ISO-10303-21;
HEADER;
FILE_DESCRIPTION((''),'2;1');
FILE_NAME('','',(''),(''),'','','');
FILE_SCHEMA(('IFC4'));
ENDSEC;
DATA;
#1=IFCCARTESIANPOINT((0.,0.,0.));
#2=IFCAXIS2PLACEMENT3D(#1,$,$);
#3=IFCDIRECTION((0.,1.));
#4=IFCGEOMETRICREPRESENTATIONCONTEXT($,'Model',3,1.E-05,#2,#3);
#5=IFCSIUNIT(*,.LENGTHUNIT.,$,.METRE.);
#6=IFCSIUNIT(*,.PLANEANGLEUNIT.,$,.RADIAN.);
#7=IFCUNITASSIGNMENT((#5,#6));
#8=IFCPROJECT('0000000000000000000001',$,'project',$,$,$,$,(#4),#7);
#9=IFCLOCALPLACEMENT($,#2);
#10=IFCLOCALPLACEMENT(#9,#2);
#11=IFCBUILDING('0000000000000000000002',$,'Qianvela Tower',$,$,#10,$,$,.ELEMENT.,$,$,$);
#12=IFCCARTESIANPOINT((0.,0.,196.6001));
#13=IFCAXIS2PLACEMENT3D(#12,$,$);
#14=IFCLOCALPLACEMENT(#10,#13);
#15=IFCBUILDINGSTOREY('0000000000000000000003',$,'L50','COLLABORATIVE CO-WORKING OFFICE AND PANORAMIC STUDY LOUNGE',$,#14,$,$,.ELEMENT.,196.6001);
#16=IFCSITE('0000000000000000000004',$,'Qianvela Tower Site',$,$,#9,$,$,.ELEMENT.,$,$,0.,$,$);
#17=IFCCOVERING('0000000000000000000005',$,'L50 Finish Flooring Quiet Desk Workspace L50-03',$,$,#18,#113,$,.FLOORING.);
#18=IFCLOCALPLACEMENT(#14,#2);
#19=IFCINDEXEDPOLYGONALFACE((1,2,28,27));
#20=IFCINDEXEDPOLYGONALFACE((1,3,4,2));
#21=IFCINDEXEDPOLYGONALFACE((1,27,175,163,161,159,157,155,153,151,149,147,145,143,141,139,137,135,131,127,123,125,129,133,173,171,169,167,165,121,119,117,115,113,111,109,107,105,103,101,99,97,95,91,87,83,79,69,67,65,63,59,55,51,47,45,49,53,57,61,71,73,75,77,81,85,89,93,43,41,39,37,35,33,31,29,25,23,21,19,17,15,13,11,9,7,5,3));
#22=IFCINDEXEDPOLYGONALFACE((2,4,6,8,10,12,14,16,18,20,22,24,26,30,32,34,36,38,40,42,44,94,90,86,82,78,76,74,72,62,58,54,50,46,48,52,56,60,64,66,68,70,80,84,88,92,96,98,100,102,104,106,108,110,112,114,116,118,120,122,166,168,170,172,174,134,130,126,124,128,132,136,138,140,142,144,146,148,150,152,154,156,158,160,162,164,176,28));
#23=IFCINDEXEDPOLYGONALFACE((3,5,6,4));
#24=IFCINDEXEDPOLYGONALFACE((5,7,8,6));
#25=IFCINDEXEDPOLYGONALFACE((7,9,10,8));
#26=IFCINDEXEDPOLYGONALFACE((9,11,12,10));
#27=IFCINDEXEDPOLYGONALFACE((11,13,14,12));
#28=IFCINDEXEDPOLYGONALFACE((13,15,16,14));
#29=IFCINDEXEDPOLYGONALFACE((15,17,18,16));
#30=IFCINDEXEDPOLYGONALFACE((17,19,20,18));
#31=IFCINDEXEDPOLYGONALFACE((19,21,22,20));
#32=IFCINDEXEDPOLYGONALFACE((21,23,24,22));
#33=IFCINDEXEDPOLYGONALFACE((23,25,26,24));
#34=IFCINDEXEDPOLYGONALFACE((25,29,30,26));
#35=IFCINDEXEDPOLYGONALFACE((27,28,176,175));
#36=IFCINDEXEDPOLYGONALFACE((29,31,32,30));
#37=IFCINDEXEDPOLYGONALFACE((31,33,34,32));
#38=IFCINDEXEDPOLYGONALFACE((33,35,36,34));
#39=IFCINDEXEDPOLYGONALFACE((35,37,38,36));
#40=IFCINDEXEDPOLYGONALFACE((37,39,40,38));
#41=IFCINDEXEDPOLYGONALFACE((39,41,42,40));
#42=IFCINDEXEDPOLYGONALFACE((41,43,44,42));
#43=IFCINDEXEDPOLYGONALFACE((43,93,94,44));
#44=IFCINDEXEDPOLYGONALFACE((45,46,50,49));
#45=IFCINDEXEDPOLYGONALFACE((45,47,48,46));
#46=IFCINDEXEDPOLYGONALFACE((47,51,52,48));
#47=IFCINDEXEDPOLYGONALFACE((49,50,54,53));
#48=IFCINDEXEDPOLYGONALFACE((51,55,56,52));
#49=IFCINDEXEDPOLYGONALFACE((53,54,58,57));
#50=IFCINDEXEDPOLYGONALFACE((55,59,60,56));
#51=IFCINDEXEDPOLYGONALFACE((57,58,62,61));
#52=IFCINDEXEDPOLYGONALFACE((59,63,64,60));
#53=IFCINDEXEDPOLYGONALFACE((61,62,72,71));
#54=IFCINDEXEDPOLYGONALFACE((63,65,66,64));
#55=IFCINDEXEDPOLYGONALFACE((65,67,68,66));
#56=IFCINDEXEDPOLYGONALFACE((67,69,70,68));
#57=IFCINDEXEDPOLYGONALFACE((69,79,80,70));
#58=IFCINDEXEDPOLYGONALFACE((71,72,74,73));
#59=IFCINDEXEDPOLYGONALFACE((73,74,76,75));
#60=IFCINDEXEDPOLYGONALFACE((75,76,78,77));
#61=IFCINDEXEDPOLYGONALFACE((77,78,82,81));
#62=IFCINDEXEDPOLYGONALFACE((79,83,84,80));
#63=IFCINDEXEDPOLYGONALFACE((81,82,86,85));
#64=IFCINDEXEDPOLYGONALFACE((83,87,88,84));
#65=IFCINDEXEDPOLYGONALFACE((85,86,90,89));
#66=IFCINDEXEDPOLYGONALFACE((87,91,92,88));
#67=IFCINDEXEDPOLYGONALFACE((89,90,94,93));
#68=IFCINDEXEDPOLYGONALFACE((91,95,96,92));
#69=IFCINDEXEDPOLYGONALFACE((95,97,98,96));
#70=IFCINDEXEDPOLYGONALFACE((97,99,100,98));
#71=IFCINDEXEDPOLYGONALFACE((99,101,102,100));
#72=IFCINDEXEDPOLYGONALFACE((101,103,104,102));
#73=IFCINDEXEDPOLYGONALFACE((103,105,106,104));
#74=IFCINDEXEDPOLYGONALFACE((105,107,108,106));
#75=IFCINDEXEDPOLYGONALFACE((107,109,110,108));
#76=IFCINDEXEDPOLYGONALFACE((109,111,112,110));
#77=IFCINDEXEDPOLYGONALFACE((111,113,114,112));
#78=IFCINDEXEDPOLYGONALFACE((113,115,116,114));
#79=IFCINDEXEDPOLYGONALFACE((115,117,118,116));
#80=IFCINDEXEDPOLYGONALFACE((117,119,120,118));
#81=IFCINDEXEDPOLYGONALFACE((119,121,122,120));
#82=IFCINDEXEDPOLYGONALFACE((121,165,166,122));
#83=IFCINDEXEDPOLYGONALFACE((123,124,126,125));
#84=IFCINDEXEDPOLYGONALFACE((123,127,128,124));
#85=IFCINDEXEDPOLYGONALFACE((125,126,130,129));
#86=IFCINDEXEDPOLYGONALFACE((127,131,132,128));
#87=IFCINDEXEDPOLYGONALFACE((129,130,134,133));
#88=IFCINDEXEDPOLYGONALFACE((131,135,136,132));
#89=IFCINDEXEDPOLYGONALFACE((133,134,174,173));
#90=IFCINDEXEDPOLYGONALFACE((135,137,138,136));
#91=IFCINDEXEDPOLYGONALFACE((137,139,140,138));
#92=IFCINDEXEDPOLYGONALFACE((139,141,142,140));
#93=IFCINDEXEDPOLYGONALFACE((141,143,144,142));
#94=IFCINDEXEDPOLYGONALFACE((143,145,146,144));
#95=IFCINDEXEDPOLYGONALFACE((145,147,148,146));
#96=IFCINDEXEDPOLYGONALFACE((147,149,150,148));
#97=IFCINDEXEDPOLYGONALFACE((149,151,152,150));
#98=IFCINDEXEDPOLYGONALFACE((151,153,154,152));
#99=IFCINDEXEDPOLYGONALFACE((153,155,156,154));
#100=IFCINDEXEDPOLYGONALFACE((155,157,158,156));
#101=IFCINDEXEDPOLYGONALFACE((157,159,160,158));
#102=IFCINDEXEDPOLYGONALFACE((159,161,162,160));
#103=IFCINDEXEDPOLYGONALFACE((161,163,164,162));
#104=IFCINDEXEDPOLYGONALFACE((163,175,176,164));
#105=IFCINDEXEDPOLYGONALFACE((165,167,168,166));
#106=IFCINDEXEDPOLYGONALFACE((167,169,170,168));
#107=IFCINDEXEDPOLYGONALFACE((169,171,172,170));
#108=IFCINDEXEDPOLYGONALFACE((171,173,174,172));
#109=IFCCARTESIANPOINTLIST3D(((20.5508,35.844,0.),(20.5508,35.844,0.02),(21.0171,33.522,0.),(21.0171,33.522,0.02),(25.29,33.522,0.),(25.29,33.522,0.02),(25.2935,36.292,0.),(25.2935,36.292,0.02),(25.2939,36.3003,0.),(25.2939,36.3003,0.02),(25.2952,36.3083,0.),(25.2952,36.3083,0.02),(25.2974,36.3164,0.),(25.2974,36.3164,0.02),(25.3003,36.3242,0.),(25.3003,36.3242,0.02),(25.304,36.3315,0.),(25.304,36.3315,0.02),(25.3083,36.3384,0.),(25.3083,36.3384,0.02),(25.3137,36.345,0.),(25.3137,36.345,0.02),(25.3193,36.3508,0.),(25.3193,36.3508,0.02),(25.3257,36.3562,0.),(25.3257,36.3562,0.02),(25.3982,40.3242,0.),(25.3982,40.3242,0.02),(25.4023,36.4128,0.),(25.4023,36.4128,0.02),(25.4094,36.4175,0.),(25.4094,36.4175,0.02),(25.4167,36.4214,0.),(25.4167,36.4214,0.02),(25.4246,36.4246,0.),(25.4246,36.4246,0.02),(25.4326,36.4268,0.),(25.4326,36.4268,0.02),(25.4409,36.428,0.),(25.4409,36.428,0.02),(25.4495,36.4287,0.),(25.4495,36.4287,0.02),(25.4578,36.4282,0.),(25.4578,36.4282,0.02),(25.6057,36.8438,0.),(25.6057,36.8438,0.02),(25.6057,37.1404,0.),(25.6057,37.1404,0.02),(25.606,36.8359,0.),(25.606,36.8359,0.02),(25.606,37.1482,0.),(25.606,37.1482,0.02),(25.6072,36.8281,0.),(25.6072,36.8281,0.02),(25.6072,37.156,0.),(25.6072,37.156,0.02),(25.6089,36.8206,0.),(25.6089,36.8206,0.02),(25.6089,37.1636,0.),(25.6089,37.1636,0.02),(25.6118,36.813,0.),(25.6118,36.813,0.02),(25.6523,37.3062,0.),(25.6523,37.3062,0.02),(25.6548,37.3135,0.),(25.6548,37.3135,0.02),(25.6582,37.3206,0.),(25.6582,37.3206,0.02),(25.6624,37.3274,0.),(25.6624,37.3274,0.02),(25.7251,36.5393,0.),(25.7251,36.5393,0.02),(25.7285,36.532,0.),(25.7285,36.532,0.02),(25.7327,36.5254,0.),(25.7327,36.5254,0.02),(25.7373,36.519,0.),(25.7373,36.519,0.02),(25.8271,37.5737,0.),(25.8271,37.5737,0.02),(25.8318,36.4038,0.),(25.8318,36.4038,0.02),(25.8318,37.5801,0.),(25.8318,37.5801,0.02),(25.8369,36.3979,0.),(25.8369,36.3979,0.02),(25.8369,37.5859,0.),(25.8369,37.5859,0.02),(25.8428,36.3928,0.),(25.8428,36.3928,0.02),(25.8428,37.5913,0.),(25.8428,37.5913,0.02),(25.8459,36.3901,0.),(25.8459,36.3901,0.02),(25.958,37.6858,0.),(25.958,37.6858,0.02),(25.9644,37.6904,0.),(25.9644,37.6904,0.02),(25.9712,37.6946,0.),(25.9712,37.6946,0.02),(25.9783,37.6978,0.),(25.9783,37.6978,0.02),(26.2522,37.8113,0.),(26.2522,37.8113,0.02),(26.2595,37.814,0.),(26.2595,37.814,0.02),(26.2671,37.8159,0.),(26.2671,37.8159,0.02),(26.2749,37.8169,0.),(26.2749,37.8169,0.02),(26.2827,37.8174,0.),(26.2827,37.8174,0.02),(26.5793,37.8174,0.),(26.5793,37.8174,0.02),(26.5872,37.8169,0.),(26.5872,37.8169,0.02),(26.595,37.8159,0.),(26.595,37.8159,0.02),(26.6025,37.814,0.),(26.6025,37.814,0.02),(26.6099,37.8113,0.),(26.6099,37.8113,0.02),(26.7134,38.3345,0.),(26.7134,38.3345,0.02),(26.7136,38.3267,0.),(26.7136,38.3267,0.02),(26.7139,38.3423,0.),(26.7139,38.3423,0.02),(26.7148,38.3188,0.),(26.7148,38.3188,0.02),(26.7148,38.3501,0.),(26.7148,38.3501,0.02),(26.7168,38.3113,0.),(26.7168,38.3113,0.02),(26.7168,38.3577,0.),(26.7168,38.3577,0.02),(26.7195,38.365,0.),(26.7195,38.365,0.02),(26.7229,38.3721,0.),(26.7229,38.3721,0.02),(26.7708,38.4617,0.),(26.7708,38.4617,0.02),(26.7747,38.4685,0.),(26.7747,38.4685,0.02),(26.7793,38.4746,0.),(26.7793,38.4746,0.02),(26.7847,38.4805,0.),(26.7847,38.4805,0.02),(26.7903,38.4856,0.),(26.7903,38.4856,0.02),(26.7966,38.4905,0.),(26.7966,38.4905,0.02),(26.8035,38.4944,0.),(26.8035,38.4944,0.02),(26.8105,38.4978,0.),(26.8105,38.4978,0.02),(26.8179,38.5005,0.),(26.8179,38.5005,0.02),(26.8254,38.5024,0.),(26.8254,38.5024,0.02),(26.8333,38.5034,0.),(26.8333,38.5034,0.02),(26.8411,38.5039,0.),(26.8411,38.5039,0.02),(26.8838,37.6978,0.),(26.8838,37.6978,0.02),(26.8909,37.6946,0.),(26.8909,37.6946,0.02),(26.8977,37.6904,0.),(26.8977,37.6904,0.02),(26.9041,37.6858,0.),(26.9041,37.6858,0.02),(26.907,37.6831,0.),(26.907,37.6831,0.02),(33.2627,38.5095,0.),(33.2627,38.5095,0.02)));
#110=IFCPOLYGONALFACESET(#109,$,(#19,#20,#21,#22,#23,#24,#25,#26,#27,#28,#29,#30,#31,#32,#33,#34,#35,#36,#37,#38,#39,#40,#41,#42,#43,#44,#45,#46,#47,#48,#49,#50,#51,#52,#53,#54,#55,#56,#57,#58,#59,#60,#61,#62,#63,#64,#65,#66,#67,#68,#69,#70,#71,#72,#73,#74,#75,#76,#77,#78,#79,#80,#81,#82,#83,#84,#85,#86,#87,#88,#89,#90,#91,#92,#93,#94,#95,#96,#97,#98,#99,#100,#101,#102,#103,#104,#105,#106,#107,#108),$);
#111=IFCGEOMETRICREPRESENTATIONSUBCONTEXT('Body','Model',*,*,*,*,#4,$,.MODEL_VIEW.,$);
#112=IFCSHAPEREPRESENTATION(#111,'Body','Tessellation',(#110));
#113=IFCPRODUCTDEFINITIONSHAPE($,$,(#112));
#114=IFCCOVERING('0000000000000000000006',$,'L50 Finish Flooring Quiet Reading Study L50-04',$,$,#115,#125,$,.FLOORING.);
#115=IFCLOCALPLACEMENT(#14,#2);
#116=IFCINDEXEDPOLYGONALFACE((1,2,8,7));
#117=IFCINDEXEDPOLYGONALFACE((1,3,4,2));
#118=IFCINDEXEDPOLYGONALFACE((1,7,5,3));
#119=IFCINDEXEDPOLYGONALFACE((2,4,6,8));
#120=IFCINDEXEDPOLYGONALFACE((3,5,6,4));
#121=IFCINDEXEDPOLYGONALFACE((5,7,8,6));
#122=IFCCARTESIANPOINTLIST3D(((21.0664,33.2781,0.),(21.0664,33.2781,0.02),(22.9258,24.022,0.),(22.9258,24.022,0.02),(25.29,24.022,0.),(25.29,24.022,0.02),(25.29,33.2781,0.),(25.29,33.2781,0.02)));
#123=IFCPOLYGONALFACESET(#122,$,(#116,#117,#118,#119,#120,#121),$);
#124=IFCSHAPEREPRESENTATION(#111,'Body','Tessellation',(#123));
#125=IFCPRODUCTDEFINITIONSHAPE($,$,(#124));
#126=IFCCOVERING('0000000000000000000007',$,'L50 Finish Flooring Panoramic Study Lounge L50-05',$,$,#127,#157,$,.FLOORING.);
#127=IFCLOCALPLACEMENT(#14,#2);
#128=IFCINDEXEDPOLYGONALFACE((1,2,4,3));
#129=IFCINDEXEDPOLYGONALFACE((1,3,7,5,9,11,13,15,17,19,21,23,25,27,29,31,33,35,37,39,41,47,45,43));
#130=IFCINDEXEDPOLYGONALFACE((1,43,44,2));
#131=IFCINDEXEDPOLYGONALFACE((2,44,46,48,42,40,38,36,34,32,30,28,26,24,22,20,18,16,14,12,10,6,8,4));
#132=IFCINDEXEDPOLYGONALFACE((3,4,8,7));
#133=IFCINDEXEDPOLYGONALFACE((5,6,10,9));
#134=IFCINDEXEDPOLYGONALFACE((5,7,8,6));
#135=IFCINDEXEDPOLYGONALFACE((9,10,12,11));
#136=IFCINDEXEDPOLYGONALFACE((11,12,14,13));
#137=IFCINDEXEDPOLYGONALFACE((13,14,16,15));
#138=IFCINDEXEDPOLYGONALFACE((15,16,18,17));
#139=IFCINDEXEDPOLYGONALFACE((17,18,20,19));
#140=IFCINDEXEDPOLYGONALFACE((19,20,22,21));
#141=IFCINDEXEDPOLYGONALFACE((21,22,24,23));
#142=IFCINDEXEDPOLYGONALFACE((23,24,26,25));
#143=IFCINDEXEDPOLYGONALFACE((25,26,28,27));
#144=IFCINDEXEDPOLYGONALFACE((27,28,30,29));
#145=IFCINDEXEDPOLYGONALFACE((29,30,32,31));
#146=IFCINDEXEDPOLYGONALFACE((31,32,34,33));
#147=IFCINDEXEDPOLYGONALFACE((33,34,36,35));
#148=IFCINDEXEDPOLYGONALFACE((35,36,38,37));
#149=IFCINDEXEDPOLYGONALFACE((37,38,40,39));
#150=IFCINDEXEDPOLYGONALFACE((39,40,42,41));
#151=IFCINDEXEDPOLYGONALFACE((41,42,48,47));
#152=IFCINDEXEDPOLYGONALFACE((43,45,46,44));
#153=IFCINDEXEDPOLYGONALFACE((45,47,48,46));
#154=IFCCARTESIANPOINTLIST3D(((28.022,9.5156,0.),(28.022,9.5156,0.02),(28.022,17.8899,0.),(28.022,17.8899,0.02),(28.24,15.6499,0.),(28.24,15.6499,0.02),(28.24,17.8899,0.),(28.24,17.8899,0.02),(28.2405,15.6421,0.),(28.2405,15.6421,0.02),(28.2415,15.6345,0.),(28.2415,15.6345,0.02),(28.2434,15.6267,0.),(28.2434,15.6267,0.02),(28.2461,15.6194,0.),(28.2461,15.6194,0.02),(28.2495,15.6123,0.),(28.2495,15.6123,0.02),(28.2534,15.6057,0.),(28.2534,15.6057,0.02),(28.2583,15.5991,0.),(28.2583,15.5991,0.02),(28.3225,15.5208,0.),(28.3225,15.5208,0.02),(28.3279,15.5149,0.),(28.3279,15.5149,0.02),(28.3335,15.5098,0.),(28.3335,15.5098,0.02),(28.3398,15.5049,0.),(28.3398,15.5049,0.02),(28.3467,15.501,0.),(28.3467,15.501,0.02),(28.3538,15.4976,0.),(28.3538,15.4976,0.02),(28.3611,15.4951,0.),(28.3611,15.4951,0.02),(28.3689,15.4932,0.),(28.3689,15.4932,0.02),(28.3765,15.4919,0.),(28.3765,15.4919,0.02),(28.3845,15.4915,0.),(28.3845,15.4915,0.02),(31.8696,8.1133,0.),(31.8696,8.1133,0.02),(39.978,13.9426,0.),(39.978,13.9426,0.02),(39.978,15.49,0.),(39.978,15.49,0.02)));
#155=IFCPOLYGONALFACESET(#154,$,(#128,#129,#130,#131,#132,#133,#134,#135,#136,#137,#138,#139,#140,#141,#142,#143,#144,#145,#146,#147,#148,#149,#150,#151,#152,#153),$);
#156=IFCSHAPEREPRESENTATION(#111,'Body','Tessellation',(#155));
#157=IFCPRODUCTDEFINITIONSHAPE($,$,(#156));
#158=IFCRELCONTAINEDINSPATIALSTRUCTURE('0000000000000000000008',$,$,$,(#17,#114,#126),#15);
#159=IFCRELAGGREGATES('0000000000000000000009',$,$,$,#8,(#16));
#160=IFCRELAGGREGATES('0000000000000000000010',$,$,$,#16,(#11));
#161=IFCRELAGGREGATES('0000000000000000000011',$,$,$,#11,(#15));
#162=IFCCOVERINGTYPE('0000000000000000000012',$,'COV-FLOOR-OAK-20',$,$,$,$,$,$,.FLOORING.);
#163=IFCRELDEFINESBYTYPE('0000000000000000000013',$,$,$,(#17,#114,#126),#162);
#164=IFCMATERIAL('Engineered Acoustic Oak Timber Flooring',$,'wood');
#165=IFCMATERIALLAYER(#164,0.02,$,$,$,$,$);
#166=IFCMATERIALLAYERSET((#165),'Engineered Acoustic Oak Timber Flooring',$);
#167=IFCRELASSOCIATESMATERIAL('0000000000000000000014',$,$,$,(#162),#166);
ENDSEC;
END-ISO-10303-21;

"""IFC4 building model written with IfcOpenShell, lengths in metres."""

from ifc_helpers import new_model, si_unit, direction, frame, origin, place, context, subcontext, project, spatial, polyline, outline, extrude, material, layer, layer_set, type_object, element, save


model = new_model("IFC4")

# Units and contexts
model_context = context("Model", 3, precision=1e-05, world=origin(), true_north=direction((0.0, 1.0)))
body_context = subcontext(model_context, "Body", "Model", "MODEL_VIEW")
ifc_project = project(units=[si_unit("LENGTHUNIT", "METRE"), si_unit("PLANEANGLEUNIT", "RADIAN")], contexts=[model_context])

# Site, building, storey
site_placement = place(None, origin())
site = spatial("IfcSite", under=ifc_project, at=site_placement, Name="Qianvela Tower Site", CompositionType="ELEMENT", RefElevation=0.0)
building_placement = place(site_placement, origin())
building = spatial("IfcBuilding", under=site, at=building_placement, Name="Qianvela Tower", CompositionType="ELEMENT")
storey_placement = place(building_placement, frame((0.0, 0.0, 196.6001)))
storey = spatial("IfcBuildingStorey", under=building, at=storey_placement, Name="L50", Description="COLLABORATIVE CO-WORKING OFFICE AND PANORAMIC STUDY LOUNGE", CompositionType="ELEMENT", Elevation=196.6001)

# Coverings
ifc_material_1 = material(Name="Engineered Acoustic Oak Timber Flooring", Category="wood")
ifc_layer_1 = layer(ifc_material_1, 0.02)
ifc_layer_set_1 = layer_set([ifc_layer_1], Name="Engineered Acoustic Oak Timber Flooring")
covering_type_1 = type_object("IfcCoveringType", Name="COV-FLOOR-OAK-20", PredefinedType="FLOORING", material=ifc_layer_set_1)
covering_1_placement = place(storey_placement, origin())
element("IfcCovering", 1, at=covering_1_placement, inside=storey, type_object=covering_type_1, Name="L50 Finish Flooring Quiet Desk Workspace L50-03", PredefinedType="FLOORING", context=body_context, shape_type="SweptSolid", body=[
    extrude(outline(polyline([(25.8459, 36.3901), (25.4578, 36.4282), (25.4495, 36.4287), (25.4409, 36.428), (25.4326, 36.4268), (25.4246, 36.4246), (25.4167, 36.4214), (25.4094, 36.4175), (25.4023, 36.4128), (25.3257, 36.3562), (25.3193, 36.3508), (25.3137, 36.345), (25.3083, 36.3384), (25.304, 36.3315), (25.3003, 36.3242), (25.2974, 36.3164), (25.2952, 36.3083), (25.2939, 36.3003), (25.2935, 36.292), (25.29, 33.522), (21.0171, 33.522), (20.5508, 35.844), (25.3982, 40.3242), (33.2627, 38.5095), (26.8411, 38.5039), (26.8333, 38.5034), (26.8254, 38.5024), (26.8179, 38.5005), (26.8105, 38.4978), (26.8035, 38.4944), (26.7966, 38.4905), (26.7903, 38.4856), (26.7847, 38.4805), (26.7793, 38.4746), (26.7747, 38.4685), (26.7708, 38.4617), (26.7229, 38.3721), (26.7195, 38.365), (26.7168, 38.3577), (26.7148, 38.3501), (26.7139, 38.3423), (26.7134, 38.3345), (26.7136, 38.3267), (26.7148, 38.3188), (26.7168, 38.3113), (26.907, 37.6831), (26.9041, 37.6858), (26.8977, 37.6904), (26.8909, 37.6946), (26.8838, 37.6978), (26.6099, 37.8113), (26.6025, 37.814), (26.595, 37.8159), (26.5872, 37.8169), (26.5793, 37.8174), (26.2827, 37.8174), (26.2749, 37.8169), (26.2671, 37.8159), (26.2595, 37.814), (26.2522, 37.8113), (25.9783, 37.6978), (25.9712, 37.6946), (25.9644, 37.6904), (25.958, 37.6858), (25.8428, 37.5913), (25.8369, 37.5859), (25.8318, 37.5801), (25.8271, 37.5737), (25.6624, 37.3274), (25.6582, 37.3206), (25.6548, 37.3135), (25.6523, 37.3062), (25.6089, 37.1636), (25.6072, 37.156), (25.606, 37.1482), (25.6057, 37.1404), (25.6057, 36.8438), (25.606, 36.8359), (25.6072, 36.8281), (25.6089, 36.8206), (25.6118, 36.813), (25.7251, 36.5393), (25.7285, 36.532), (25.7327, 36.5254), (25.7373, 36.519), (25.8318, 36.4038), (25.8369, 36.3979), (25.8428, 36.3928), (25.8459, 36.3901)])), origin(), (0.0, 0.0, 1.0), 0.02),
])
covering_2_placement = place(storey_placement, origin())
element("IfcCovering", 2, at=covering_2_placement, inside=storey, type_object=covering_type_1, Name="L50 Finish Flooring Quiet Reading Study L50-04", PredefinedType="FLOORING", context=body_context, shape_type="SweptSolid", body=[
    extrude(outline(polyline([(25.29, 33.2781), (25.29, 24.022), (22.9258, 24.022), (21.0664, 33.2781), (25.29, 33.2781)])), origin(), (0.0, 0.0, 1.0), 0.02),
])
covering_3_placement = place(storey_placement, origin())
element("IfcCovering", 3, at=covering_3_placement, inside=storey, type_object=covering_type_1, Name="L50 Finish Flooring Panoramic Study Lounge L50-05", PredefinedType="FLOORING", context=body_context, shape_type="SweptSolid", body=[
    extrude(outline(polyline([(28.022, 17.8899), (28.24, 17.8899), (28.24, 15.6499), (28.2405, 15.6421), (28.2415, 15.6345), (28.2434, 15.6267), (28.2461, 15.6194), (28.2495, 15.6123), (28.2534, 15.6057), (28.2583, 15.5991), (28.3225, 15.5208), (28.3279, 15.5149), (28.3335, 15.5098), (28.3398, 15.5049), (28.3467, 15.501), (28.3538, 15.4976), (28.3611, 15.4951), (28.3689, 15.4932), (28.3765, 15.4919), (28.3845, 15.4915), (39.978, 15.49), (39.978, 13.9426), (31.8696, 8.1133), (28.022, 9.5156), (28.022, 17.8899)])), origin(), (0.0, 0.0, 1.0), 0.02),
])

save(model, "model.ifc")
